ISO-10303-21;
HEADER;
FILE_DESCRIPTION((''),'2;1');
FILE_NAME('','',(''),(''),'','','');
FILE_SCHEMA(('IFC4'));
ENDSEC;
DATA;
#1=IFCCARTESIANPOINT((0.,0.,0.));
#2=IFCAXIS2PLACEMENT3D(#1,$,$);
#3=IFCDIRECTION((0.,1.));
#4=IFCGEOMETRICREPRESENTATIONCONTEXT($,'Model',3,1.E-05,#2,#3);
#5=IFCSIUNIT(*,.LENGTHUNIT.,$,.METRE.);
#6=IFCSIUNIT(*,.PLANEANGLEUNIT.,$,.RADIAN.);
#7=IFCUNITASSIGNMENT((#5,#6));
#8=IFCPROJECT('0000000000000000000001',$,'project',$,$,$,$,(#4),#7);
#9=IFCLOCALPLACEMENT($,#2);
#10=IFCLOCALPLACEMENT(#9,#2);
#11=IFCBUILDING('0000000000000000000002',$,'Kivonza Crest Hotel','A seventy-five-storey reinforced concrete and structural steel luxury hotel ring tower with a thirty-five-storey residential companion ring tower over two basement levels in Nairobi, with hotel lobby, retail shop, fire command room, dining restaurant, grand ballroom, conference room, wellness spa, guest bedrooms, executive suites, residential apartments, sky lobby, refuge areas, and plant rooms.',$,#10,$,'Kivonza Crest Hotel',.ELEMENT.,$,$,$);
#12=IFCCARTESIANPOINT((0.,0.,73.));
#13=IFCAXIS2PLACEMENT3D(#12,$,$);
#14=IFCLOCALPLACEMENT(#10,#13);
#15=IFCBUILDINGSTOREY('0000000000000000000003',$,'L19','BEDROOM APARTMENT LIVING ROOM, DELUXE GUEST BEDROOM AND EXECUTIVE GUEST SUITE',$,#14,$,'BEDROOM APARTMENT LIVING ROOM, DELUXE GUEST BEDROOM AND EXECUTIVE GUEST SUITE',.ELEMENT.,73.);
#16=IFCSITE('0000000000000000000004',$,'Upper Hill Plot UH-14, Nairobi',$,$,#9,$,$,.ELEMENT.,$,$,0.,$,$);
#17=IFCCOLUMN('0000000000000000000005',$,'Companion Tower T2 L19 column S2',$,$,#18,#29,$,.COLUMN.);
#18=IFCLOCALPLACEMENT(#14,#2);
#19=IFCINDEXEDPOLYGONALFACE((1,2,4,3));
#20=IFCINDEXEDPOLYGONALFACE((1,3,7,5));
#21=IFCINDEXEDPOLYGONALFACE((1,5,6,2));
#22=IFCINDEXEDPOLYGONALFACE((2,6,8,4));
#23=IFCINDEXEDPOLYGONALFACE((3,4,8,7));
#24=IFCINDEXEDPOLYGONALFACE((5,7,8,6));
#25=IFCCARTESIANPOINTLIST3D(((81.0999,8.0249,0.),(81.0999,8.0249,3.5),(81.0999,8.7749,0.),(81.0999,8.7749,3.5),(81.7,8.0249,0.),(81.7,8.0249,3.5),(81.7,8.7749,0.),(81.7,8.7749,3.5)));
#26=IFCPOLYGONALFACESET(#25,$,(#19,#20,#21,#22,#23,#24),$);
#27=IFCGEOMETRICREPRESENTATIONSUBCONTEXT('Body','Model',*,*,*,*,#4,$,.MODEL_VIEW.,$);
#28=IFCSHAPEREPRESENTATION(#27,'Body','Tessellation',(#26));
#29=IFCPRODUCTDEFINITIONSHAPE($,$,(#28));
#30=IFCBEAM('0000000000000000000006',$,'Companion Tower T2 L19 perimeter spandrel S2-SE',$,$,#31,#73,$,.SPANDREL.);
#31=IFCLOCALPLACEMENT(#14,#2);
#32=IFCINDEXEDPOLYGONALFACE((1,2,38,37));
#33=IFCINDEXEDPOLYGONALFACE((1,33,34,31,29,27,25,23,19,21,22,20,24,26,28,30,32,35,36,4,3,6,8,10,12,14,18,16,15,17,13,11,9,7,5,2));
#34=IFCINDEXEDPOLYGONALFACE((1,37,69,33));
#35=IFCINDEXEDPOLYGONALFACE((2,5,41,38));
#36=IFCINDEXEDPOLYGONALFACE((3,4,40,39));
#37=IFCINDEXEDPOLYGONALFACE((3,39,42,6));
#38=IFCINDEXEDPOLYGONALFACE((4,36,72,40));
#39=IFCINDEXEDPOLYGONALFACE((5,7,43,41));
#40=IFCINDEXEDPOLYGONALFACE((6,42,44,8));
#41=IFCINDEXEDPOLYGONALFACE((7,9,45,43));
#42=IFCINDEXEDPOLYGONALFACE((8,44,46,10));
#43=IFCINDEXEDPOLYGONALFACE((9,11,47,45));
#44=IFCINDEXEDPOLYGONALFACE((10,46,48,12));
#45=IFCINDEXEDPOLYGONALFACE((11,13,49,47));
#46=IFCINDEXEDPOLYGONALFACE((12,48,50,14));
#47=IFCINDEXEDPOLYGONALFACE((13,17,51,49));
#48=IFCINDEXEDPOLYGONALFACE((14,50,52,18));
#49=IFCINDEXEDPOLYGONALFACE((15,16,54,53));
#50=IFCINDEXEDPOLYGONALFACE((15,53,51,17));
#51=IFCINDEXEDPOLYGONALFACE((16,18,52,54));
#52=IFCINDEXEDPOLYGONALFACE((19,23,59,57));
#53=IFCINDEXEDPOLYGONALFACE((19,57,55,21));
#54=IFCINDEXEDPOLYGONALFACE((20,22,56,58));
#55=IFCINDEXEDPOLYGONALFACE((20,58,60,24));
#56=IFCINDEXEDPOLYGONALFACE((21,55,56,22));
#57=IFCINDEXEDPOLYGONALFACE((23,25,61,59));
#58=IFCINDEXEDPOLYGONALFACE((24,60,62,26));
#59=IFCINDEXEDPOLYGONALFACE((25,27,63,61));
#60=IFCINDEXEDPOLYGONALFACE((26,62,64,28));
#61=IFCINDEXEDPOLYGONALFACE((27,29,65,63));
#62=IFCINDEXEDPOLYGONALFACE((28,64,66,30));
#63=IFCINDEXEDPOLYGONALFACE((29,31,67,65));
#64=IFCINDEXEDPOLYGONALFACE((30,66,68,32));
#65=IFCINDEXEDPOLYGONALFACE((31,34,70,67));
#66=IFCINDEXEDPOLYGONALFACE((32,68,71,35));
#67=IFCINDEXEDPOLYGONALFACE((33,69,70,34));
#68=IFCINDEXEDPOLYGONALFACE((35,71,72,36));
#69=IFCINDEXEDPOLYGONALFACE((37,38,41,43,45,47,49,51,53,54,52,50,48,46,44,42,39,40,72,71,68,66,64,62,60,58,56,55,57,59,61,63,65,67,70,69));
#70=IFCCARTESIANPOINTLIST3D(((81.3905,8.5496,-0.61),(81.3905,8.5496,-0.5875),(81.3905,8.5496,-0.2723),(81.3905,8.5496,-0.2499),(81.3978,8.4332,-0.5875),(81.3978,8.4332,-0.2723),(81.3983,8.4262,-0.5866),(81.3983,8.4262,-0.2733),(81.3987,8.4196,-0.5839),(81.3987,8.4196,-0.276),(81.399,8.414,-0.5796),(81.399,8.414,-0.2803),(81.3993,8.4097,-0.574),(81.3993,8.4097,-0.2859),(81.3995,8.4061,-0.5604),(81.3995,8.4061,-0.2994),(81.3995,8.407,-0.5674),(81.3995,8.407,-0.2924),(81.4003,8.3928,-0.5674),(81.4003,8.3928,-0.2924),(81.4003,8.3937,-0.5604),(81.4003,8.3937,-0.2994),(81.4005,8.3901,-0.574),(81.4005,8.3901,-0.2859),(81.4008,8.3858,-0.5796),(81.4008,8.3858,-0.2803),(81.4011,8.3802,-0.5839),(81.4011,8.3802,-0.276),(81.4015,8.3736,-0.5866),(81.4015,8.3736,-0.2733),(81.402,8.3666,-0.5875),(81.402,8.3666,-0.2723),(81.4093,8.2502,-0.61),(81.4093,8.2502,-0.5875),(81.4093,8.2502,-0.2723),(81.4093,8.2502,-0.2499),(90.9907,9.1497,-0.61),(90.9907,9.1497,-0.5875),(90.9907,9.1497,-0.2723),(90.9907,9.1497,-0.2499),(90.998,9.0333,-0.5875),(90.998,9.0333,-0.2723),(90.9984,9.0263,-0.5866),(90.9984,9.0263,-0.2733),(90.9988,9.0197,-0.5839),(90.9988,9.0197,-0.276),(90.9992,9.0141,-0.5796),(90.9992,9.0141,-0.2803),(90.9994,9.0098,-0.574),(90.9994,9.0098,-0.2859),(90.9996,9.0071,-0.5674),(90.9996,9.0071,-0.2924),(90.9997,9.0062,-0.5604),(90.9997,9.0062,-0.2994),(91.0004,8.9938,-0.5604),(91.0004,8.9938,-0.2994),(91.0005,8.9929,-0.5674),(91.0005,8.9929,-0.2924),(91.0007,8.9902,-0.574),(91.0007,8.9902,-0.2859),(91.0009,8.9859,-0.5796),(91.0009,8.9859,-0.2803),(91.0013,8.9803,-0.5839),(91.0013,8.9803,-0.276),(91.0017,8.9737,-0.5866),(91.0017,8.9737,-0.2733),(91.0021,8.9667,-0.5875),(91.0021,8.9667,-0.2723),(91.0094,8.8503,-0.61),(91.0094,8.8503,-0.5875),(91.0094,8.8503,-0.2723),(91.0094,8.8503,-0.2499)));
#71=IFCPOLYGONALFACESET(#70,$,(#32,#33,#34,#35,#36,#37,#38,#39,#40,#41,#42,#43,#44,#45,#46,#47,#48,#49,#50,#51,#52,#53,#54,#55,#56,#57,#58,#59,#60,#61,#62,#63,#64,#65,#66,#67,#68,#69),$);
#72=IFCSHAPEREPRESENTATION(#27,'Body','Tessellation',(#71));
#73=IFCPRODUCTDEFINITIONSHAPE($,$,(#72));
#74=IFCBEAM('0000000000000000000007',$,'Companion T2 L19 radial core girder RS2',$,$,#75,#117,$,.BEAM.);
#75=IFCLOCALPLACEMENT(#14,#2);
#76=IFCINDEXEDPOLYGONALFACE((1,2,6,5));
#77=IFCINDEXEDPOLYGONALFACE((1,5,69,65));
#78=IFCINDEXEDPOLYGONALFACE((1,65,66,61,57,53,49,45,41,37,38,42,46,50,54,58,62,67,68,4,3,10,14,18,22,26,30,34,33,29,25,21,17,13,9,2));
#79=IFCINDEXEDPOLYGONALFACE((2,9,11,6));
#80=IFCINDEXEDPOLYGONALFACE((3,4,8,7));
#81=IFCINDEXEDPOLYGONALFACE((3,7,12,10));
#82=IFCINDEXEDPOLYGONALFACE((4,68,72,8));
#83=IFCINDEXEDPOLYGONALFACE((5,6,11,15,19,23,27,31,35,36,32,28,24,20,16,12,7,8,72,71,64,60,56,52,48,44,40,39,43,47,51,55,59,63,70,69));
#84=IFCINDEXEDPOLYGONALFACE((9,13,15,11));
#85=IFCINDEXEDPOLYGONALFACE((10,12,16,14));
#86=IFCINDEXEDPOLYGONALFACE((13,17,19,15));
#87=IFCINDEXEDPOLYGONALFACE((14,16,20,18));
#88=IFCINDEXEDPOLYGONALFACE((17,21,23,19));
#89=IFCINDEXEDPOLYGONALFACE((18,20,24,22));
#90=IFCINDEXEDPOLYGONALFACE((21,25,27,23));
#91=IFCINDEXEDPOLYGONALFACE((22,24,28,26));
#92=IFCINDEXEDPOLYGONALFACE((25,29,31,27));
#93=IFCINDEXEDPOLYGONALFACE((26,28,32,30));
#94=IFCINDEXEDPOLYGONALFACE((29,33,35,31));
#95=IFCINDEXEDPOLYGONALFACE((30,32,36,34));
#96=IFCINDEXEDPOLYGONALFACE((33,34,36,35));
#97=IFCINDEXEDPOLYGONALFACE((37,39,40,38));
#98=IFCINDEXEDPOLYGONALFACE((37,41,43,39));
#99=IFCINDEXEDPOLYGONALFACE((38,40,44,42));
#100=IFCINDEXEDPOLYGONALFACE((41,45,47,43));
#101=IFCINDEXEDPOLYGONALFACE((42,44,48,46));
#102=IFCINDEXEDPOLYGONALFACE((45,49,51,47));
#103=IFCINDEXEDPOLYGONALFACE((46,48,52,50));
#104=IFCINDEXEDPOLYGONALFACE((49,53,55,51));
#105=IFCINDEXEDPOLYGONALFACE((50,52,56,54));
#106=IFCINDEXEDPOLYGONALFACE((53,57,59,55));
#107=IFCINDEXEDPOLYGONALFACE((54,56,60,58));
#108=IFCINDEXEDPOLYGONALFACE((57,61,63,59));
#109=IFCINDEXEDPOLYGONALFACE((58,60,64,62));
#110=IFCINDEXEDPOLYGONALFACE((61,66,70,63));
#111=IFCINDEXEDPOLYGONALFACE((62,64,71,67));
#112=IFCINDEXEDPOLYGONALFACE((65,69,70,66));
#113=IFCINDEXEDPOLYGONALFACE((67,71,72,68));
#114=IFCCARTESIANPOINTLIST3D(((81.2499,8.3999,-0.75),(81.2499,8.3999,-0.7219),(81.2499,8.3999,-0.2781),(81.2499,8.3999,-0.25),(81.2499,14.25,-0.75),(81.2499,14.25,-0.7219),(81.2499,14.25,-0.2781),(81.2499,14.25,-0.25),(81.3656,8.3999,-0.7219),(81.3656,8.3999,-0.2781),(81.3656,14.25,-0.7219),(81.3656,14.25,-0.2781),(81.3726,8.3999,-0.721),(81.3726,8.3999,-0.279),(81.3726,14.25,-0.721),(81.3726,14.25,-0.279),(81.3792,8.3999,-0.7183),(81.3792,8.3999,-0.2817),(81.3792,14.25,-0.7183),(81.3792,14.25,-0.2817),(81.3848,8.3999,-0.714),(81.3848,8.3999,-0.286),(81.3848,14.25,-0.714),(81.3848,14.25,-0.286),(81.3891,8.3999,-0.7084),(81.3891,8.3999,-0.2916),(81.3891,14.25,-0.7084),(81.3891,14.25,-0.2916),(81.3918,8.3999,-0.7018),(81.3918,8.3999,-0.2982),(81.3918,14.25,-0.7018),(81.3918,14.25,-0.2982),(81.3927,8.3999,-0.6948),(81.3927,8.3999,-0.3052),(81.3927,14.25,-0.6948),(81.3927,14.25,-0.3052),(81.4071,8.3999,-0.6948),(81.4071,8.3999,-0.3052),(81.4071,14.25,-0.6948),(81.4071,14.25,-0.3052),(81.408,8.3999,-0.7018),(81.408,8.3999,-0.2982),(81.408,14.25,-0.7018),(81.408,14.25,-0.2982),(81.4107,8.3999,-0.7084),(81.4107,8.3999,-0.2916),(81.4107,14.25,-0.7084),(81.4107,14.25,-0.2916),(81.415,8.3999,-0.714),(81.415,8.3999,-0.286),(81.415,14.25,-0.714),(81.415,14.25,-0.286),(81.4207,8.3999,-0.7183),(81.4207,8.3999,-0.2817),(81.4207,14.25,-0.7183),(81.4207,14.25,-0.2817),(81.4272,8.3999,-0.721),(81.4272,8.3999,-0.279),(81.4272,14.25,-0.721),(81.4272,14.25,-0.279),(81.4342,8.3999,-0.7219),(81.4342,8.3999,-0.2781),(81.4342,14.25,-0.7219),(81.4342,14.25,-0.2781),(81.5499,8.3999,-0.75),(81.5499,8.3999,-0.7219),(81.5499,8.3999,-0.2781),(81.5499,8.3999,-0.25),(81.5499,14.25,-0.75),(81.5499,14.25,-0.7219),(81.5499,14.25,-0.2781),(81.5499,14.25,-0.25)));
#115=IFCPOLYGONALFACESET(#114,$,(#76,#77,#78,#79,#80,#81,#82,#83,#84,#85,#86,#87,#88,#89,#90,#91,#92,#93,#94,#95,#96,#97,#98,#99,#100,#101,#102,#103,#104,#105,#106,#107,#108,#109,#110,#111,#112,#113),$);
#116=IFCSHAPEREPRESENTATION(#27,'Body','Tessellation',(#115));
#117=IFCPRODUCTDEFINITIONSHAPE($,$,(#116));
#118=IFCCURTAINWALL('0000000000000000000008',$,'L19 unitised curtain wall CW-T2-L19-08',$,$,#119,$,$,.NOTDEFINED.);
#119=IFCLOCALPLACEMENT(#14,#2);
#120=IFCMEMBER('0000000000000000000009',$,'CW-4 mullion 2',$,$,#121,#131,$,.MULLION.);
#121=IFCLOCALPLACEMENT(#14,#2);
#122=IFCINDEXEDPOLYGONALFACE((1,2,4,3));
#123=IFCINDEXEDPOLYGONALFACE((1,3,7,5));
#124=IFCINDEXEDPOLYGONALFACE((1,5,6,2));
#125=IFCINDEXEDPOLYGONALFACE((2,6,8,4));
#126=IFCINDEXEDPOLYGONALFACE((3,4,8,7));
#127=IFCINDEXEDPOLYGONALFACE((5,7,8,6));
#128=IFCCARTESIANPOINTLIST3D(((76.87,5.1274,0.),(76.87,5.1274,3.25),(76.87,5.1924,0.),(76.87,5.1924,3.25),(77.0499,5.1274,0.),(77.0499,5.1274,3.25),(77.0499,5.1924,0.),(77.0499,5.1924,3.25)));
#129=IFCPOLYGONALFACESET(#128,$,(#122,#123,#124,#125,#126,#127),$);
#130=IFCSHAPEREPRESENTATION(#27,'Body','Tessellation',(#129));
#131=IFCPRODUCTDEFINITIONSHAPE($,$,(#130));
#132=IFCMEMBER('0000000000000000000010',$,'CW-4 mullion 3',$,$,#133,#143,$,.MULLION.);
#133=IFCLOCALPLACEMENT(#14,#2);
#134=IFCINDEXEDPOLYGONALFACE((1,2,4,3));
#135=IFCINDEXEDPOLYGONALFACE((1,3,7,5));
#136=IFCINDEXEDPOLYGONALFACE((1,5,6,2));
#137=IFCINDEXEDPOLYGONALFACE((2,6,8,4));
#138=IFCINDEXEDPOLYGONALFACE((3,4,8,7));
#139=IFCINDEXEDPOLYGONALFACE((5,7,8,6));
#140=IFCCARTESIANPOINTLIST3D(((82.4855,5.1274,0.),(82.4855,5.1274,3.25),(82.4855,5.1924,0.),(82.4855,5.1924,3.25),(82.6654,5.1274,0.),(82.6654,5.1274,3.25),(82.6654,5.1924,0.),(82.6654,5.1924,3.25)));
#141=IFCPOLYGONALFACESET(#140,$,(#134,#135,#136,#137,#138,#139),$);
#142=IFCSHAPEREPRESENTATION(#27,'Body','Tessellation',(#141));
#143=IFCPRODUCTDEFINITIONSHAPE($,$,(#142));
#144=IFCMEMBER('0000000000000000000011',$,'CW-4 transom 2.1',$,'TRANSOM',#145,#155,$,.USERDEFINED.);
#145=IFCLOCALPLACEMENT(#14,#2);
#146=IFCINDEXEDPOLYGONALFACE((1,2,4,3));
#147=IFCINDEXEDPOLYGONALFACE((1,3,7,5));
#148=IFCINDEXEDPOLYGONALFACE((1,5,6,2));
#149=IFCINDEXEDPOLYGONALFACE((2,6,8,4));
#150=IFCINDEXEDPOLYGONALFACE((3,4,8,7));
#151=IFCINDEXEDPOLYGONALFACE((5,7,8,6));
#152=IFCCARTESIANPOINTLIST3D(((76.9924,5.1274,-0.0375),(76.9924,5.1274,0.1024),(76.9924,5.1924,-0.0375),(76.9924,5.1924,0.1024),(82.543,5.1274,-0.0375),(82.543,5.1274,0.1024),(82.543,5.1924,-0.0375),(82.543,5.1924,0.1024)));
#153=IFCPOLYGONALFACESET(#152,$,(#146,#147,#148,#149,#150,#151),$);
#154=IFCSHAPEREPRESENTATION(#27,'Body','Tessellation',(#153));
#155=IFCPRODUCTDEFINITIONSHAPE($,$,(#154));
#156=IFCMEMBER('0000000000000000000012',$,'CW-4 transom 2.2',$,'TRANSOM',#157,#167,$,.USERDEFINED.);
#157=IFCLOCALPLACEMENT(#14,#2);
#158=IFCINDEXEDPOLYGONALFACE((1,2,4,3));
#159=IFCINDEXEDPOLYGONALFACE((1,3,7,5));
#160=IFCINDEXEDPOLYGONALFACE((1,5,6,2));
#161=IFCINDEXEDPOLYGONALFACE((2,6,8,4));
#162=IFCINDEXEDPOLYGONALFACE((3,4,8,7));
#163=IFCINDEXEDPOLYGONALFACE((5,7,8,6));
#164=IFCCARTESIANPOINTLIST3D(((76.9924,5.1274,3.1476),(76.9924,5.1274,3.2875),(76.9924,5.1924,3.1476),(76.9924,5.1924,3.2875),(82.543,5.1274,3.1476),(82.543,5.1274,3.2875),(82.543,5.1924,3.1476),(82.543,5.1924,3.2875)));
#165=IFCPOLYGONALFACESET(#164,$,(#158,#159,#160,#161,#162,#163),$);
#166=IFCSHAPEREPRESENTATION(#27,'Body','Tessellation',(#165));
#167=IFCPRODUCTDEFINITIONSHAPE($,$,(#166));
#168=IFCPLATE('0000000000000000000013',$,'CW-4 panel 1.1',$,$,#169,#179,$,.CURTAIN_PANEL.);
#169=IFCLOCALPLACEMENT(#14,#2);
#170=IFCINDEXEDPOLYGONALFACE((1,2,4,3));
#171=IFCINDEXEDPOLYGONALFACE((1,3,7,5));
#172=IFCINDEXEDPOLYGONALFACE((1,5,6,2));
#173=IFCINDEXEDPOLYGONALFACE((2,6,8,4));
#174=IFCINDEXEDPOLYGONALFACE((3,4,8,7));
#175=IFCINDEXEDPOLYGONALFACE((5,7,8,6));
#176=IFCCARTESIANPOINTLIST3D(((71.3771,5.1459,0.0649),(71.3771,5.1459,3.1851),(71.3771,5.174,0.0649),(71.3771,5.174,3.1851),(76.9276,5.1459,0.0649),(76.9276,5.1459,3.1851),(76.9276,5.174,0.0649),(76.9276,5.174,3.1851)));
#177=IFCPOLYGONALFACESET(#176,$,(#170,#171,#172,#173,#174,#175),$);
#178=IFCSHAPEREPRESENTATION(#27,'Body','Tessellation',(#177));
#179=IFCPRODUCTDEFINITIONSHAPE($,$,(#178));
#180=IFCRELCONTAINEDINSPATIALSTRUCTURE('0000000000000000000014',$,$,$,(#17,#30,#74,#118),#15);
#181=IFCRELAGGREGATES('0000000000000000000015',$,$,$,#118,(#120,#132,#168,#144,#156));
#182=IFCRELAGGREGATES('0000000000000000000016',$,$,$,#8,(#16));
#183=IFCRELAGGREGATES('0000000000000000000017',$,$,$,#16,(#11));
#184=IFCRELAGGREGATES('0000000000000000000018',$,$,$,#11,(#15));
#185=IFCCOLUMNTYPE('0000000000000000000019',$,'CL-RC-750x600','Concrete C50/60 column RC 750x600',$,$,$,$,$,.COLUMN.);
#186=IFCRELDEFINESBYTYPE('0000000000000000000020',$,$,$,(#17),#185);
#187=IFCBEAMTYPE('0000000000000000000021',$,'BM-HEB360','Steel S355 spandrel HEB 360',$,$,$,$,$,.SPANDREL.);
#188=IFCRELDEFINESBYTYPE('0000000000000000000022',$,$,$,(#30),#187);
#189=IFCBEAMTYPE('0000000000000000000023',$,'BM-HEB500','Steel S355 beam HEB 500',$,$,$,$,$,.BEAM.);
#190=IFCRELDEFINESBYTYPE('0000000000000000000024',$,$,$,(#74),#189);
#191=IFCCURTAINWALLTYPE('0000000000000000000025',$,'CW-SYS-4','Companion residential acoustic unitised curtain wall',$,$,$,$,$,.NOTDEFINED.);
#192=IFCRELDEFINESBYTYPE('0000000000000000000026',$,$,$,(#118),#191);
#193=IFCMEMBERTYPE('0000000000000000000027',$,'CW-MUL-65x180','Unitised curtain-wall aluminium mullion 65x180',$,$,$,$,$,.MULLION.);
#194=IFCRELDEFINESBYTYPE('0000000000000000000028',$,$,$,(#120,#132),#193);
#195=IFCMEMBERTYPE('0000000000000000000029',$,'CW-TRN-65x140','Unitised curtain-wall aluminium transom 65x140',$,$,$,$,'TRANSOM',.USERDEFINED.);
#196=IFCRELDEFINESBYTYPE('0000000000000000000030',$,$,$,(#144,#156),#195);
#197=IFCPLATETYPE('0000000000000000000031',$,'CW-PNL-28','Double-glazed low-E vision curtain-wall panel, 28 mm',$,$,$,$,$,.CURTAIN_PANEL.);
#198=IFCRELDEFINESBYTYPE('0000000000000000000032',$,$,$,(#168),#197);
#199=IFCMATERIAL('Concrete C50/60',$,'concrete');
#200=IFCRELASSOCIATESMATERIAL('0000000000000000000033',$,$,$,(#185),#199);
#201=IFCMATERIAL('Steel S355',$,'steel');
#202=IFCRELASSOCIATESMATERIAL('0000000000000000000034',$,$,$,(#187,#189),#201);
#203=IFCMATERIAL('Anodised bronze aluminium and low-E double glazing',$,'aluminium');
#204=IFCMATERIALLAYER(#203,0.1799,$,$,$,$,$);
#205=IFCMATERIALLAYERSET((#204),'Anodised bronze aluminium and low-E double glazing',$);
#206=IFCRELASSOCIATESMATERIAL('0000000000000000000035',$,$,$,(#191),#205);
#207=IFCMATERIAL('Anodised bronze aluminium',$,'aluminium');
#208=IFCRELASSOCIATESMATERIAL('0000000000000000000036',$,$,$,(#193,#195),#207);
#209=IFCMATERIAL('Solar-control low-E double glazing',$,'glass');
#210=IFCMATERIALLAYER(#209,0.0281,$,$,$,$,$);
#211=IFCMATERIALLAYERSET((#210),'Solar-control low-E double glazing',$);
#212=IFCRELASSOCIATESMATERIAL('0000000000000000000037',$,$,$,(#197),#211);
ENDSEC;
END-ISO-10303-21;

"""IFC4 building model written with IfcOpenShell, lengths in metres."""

from ifc_helpers import new_model, si_unit, direction, frame, origin, origin_2d, place, context, subcontext, project, spatial, rectangle, i_section, extrude, material, layer, layer_set, material_profile, profile_set, type_object, element, aggregate, save


model = new_model("IFC4")

# Units and contexts
model_context = context("Model", 3, precision=1e-05, world=origin(), true_north=direction((0.0, 1.0)))
body_context = subcontext(model_context, "Body", "Model", "MODEL_VIEW")
ifc_project = project(units=[si_unit("LENGTHUNIT", "METRE"), si_unit("PLANEANGLEUNIT", "RADIAN")], contexts=[model_context])

# Site, building, storey
site_placement = place(None, origin())
site = spatial("IfcSite", under=ifc_project, at=site_placement, Name="Upper Hill Plot UH-14, Nairobi", CompositionType="ELEMENT", RefElevation=0.0)
building_placement = place(site_placement, origin())
building = spatial("IfcBuilding", under=site, at=building_placement, Name="Kivonza Crest Hotel", Description="A seventy-five-storey reinforced concrete and structural steel luxury hotel ring tower with a thirty-five-storey residential companion ring tower over two basement levels in Nairobi, with hotel lobby, retail shop, fire command room, dining restaurant, grand ballroom, conference room, wellness spa, guest bedrooms, executive suites, residential apartments, sky lobby, refuge areas, and plant rooms.", LongName="Kivonza Crest Hotel", CompositionType="ELEMENT")
storey_placement = place(building_placement, frame((0.0, 0.0, 73.0)))
storey = spatial("IfcBuildingStorey", under=building, at=storey_placement, Name="L19", Description="BEDROOM APARTMENT LIVING ROOM, DELUXE GUEST BEDROOM AND EXECUTIVE GUEST SUITE", LongName="BEDROOM APARTMENT LIVING ROOM, DELUXE GUEST BEDROOM AND EXECUTIVE GUEST SUITE", CompositionType="ELEMENT", Elevation=73.0)

# Column
ifc_material_1 = material(Name="Concrete C50/60", Category="concrete")
ifc_material_profile_1 = material_profile(ifc_material_1, rectangle(XDim=0.6001, YDim=0.75, at=origin_2d()), Name="RC 750x600")
ifc_profile_set_1 = profile_set([ifc_material_profile_1], Name="Concrete C50/60")
column_type = type_object("IfcColumnType", Name="CL-RC-750x600", Description="Concrete C50/60 column RC 750x600", PredefinedType="COLUMN", material=ifc_profile_set_1)
column_placement = place(storey_placement, frame((81.3999, 8.3999, 0.0), z_axis=(0.0, 0.0, 1.0), x_axis=(1.0, 0.0, 0.0)))
element("IfcColumn", 1, at=column_placement, inside=storey, type_object=column_type, Name="Companion Tower T2 L19 column S2", PredefinedType="COLUMN", context=body_context, shape_type="SweptSolid", body=[
    extrude(rectangle(XDim=0.6001, YDim=0.75, at=origin_2d()), origin(), (0.0, 0.0, 1.0), 3.5),
])

# Beams
ifc_material_2 = material(Name="Steel S355", Category="steel")
ifc_material_profile_2 = material_profile(ifc_material_2, i_section(OverallWidth=0.3, OverallDepth=0.3601, WebThickness=0.0125, FlangeThickness=0.0225, FilletRadius=0.0271, at=origin_2d()), Name="HEB 360")
ifc_profile_set_2 = profile_set([ifc_material_profile_2], Name="Steel S355")
beam_type_1 = type_object("IfcBeamType", Name="BM-HEB360", Description="Steel S355 spandrel HEB 360", PredefinedType="SPANDREL", material=ifc_profile_set_2)
beam_1_placement = place(storey_placement, frame((81.3999, 8.3999, -0.4299), z_axis=(0.998052, 0.062388, 0.0), x_axis=(-0.062388, 0.998052, 0.0)))
element("IfcBeam", 2, at=beam_1_placement, inside=storey, type_object=beam_type_1, Name="Companion Tower T2 L19 perimeter spandrel S2-SE", PredefinedType="SPANDREL", context=body_context, shape_type="SweptSolid", body=[
    extrude(i_section(OverallWidth=0.3, OverallDepth=0.3601, WebThickness=0.0125, FlangeThickness=0.0225, FilletRadius=0.0271, at=origin_2d()), origin(), (0.0, 0.0, 1.0), 9.6189),
])
ifc_material_profile_3 = material_profile(ifc_material_2, i_section(OverallWidth=0.3, OverallDepth=0.5, WebThickness=0.0144, FlangeThickness=0.0281, FilletRadius=0.0271, at=origin_2d()), Name="HEB 500")
ifc_profile_set_3 = profile_set([ifc_material_profile_3], Name="Steel S355")
beam_type_2 = type_object("IfcBeamType", Name="BM-HEB500", Description="Steel S355 beam HEB 500", PredefinedType="BEAM", material=ifc_profile_set_3)
beam_2_placement = place(storey_placement, frame((81.3999, 8.3999, -0.5), z_axis=(0.0, 1.0, 0.0), x_axis=(-1.0, 0.0, 0.0)))
element("IfcBeam", 3, at=beam_2_placement, inside=storey, type_object=beam_type_2, Name="Companion T2 L19 radial core girder RS2", PredefinedType="BEAM", context=body_context, shape_type="SweptSolid", body=[
    extrude(i_section(OverallWidth=0.3, OverallDepth=0.5, WebThickness=0.0144, FlangeThickness=0.0281, FilletRadius=0.0271, at=origin_2d()), origin(), (0.0, 0.0, 1.0), 5.8501),
])

# Curtain wall, members, plate
ifc_material_3 = material(Name="Anodised bronze aluminium and low-E double glazing", Category="aluminium")
ifc_layer_1 = layer(ifc_material_3, 0.1799)
ifc_layer_set_1 = layer_set([ifc_layer_1], Name="Anodised bronze aluminium and low-E double glazing")
curtain_wall_type = type_object("IfcCurtainWallType", Name="CW-SYS-4", Description="Companion residential acoustic unitised curtain wall", PredefinedType="NOTDEFINED", material=ifc_layer_set_1)
curtain_wall_placement = place(storey_placement, origin())
curtain_wall = element("IfcCurtainWall", 4, at=curtain_wall_placement, inside=storey, type_object=curtain_wall_type, Name="L19 unitised curtain wall CW-T2-L19-08", PredefinedType="NOTDEFINED")
ifc_material_4 = material(Name="Anodised bronze aluminium", Category="aluminium")
ifc_material_profile_4 = material_profile(ifc_material_4, rectangle(XDim=0.0649, YDim=0.1799, at=origin_2d()), Name="CW-M 65x180")
ifc_profile_set_4 = profile_set([ifc_material_profile_4], Name="Anodised bronze aluminium")
member_type_1 = type_object("IfcMemberType", Name="CW-MUL-65x180", Description="Unitised curtain-wall aluminium mullion 65x180", PredefinedType="MULLION", material=ifc_profile_set_4)
member_1_placement = place(storey_placement, frame((76.96, 5.1599, 0.0), z_axis=(0.0, 0.0, 1.0), x_axis=(0.0, 1.0, 0.0)))
member_1 = element("IfcMember", 5, at=member_1_placement, type_object=member_type_1, Name="CW-4 mullion 2", PredefinedType="MULLION", context=body_context, shape_type="SweptSolid", body=[
    extrude(rectangle(XDim=0.0649, YDim=0.1799, at=origin_2d()), origin(), (0.0, 0.0, 1.0), 3.25),
])
member_2_placement = place(storey_placement, frame((82.5754, 5.1599, 0.0), z_axis=(0.0, 0.0, 1.0), x_axis=(0.0, 1.0, 0.0)))
member_2 = element("IfcMember", 6, at=member_2_placement, type_object=member_type_1, Name="CW-4 mullion 3", PredefinedType="MULLION", context=body_context, shape_type="SweptSolid", body=[
    extrude(rectangle(XDim=0.0649, YDim=0.1799, at=origin_2d()), origin(), (0.0, 0.0, 1.0), 3.25),
])
ifc_material_profile_5 = material_profile(ifc_material_4, rectangle(XDim=0.0649, YDim=0.1399, at=origin_2d()), Name="CW-T 65x140")
ifc_profile_set_5 = profile_set([ifc_material_profile_5], Name="Anodised bronze aluminium")
member_type_2 = type_object("IfcMemberType", Name="CW-TRN-65x140", Description="Unitised curtain-wall aluminium transom 65x140", ElementType="TRANSOM", PredefinedType="USERDEFINED", material=ifc_profile_set_5)
member_3_placement = place(storey_placement, frame((76.9924, 5.1599, 0.0325), z_axis=(1.0, 0.0, 0.0), x_axis=(0.0, 1.0, 0.0)))
member_3 = element("IfcMember", 7, at=member_3_placement, type_object=member_type_2, Name="CW-4 transom 2.1", ObjectType="TRANSOM", PredefinedType="USERDEFINED", context=body_context, shape_type="SweptSolid", body=[
    extrude(rectangle(XDim=0.0649, YDim=0.1399, at=origin_2d()), origin(), (0.0, 0.0, 1.0), 5.5505),
])
member_4_placement = place(storey_placement, frame((76.9924, 5.1599, 3.2175), z_axis=(1.0, 0.0, 0.0), x_axis=(0.0, 1.0, 0.0)))
member_4 = element("IfcMember", 8, at=member_4_placement, type_object=member_type_2, Name="CW-4 transom 2.2", ObjectType="TRANSOM", PredefinedType="USERDEFINED", context=body_context, shape_type="SweptSolid", body=[
    extrude(rectangle(XDim=0.0649, YDim=0.1399, at=origin_2d()), origin(), (0.0, 0.0, 1.0), 5.5505),
])
ifc_material_5 = material(Name="Solar-control low-E double glazing", Category="glass")
ifc_layer_2 = layer(ifc_material_5, 0.0281)
ifc_layer_set_2 = layer_set([ifc_layer_2], Name="Solar-control low-E double glazing")
plate_type = type_object("IfcPlateType", Name="CW-PNL-28", Description="Double-glazed low-E vision curtain-wall panel, 28 mm", PredefinedType="CURTAIN_PANEL", material=ifc_layer_set_2)
plate_1_placement = place(storey_placement, frame((74.1523, 5.1599, 0.0649), z_axis=(0.0, 0.0, 1.0), x_axis=(1.0, 0.0, 0.0)))
plate_1 = element("IfcPlate", 9, at=plate_1_placement, type_object=plate_type, Name="CW-4 panel 1.1", PredefinedType="CURTAIN_PANEL", context=body_context, shape_type="SweptSolid", body=[
    extrude(rectangle(XDim=5.5505, YDim=0.0281, at=origin_2d()), origin(), (0.0, 0.0, 1.0), 3.1201),
])
aggregate(curtain_wall, [member_1, member_2, plate_1, member_3, member_4])

save(model, "model.ifc")
